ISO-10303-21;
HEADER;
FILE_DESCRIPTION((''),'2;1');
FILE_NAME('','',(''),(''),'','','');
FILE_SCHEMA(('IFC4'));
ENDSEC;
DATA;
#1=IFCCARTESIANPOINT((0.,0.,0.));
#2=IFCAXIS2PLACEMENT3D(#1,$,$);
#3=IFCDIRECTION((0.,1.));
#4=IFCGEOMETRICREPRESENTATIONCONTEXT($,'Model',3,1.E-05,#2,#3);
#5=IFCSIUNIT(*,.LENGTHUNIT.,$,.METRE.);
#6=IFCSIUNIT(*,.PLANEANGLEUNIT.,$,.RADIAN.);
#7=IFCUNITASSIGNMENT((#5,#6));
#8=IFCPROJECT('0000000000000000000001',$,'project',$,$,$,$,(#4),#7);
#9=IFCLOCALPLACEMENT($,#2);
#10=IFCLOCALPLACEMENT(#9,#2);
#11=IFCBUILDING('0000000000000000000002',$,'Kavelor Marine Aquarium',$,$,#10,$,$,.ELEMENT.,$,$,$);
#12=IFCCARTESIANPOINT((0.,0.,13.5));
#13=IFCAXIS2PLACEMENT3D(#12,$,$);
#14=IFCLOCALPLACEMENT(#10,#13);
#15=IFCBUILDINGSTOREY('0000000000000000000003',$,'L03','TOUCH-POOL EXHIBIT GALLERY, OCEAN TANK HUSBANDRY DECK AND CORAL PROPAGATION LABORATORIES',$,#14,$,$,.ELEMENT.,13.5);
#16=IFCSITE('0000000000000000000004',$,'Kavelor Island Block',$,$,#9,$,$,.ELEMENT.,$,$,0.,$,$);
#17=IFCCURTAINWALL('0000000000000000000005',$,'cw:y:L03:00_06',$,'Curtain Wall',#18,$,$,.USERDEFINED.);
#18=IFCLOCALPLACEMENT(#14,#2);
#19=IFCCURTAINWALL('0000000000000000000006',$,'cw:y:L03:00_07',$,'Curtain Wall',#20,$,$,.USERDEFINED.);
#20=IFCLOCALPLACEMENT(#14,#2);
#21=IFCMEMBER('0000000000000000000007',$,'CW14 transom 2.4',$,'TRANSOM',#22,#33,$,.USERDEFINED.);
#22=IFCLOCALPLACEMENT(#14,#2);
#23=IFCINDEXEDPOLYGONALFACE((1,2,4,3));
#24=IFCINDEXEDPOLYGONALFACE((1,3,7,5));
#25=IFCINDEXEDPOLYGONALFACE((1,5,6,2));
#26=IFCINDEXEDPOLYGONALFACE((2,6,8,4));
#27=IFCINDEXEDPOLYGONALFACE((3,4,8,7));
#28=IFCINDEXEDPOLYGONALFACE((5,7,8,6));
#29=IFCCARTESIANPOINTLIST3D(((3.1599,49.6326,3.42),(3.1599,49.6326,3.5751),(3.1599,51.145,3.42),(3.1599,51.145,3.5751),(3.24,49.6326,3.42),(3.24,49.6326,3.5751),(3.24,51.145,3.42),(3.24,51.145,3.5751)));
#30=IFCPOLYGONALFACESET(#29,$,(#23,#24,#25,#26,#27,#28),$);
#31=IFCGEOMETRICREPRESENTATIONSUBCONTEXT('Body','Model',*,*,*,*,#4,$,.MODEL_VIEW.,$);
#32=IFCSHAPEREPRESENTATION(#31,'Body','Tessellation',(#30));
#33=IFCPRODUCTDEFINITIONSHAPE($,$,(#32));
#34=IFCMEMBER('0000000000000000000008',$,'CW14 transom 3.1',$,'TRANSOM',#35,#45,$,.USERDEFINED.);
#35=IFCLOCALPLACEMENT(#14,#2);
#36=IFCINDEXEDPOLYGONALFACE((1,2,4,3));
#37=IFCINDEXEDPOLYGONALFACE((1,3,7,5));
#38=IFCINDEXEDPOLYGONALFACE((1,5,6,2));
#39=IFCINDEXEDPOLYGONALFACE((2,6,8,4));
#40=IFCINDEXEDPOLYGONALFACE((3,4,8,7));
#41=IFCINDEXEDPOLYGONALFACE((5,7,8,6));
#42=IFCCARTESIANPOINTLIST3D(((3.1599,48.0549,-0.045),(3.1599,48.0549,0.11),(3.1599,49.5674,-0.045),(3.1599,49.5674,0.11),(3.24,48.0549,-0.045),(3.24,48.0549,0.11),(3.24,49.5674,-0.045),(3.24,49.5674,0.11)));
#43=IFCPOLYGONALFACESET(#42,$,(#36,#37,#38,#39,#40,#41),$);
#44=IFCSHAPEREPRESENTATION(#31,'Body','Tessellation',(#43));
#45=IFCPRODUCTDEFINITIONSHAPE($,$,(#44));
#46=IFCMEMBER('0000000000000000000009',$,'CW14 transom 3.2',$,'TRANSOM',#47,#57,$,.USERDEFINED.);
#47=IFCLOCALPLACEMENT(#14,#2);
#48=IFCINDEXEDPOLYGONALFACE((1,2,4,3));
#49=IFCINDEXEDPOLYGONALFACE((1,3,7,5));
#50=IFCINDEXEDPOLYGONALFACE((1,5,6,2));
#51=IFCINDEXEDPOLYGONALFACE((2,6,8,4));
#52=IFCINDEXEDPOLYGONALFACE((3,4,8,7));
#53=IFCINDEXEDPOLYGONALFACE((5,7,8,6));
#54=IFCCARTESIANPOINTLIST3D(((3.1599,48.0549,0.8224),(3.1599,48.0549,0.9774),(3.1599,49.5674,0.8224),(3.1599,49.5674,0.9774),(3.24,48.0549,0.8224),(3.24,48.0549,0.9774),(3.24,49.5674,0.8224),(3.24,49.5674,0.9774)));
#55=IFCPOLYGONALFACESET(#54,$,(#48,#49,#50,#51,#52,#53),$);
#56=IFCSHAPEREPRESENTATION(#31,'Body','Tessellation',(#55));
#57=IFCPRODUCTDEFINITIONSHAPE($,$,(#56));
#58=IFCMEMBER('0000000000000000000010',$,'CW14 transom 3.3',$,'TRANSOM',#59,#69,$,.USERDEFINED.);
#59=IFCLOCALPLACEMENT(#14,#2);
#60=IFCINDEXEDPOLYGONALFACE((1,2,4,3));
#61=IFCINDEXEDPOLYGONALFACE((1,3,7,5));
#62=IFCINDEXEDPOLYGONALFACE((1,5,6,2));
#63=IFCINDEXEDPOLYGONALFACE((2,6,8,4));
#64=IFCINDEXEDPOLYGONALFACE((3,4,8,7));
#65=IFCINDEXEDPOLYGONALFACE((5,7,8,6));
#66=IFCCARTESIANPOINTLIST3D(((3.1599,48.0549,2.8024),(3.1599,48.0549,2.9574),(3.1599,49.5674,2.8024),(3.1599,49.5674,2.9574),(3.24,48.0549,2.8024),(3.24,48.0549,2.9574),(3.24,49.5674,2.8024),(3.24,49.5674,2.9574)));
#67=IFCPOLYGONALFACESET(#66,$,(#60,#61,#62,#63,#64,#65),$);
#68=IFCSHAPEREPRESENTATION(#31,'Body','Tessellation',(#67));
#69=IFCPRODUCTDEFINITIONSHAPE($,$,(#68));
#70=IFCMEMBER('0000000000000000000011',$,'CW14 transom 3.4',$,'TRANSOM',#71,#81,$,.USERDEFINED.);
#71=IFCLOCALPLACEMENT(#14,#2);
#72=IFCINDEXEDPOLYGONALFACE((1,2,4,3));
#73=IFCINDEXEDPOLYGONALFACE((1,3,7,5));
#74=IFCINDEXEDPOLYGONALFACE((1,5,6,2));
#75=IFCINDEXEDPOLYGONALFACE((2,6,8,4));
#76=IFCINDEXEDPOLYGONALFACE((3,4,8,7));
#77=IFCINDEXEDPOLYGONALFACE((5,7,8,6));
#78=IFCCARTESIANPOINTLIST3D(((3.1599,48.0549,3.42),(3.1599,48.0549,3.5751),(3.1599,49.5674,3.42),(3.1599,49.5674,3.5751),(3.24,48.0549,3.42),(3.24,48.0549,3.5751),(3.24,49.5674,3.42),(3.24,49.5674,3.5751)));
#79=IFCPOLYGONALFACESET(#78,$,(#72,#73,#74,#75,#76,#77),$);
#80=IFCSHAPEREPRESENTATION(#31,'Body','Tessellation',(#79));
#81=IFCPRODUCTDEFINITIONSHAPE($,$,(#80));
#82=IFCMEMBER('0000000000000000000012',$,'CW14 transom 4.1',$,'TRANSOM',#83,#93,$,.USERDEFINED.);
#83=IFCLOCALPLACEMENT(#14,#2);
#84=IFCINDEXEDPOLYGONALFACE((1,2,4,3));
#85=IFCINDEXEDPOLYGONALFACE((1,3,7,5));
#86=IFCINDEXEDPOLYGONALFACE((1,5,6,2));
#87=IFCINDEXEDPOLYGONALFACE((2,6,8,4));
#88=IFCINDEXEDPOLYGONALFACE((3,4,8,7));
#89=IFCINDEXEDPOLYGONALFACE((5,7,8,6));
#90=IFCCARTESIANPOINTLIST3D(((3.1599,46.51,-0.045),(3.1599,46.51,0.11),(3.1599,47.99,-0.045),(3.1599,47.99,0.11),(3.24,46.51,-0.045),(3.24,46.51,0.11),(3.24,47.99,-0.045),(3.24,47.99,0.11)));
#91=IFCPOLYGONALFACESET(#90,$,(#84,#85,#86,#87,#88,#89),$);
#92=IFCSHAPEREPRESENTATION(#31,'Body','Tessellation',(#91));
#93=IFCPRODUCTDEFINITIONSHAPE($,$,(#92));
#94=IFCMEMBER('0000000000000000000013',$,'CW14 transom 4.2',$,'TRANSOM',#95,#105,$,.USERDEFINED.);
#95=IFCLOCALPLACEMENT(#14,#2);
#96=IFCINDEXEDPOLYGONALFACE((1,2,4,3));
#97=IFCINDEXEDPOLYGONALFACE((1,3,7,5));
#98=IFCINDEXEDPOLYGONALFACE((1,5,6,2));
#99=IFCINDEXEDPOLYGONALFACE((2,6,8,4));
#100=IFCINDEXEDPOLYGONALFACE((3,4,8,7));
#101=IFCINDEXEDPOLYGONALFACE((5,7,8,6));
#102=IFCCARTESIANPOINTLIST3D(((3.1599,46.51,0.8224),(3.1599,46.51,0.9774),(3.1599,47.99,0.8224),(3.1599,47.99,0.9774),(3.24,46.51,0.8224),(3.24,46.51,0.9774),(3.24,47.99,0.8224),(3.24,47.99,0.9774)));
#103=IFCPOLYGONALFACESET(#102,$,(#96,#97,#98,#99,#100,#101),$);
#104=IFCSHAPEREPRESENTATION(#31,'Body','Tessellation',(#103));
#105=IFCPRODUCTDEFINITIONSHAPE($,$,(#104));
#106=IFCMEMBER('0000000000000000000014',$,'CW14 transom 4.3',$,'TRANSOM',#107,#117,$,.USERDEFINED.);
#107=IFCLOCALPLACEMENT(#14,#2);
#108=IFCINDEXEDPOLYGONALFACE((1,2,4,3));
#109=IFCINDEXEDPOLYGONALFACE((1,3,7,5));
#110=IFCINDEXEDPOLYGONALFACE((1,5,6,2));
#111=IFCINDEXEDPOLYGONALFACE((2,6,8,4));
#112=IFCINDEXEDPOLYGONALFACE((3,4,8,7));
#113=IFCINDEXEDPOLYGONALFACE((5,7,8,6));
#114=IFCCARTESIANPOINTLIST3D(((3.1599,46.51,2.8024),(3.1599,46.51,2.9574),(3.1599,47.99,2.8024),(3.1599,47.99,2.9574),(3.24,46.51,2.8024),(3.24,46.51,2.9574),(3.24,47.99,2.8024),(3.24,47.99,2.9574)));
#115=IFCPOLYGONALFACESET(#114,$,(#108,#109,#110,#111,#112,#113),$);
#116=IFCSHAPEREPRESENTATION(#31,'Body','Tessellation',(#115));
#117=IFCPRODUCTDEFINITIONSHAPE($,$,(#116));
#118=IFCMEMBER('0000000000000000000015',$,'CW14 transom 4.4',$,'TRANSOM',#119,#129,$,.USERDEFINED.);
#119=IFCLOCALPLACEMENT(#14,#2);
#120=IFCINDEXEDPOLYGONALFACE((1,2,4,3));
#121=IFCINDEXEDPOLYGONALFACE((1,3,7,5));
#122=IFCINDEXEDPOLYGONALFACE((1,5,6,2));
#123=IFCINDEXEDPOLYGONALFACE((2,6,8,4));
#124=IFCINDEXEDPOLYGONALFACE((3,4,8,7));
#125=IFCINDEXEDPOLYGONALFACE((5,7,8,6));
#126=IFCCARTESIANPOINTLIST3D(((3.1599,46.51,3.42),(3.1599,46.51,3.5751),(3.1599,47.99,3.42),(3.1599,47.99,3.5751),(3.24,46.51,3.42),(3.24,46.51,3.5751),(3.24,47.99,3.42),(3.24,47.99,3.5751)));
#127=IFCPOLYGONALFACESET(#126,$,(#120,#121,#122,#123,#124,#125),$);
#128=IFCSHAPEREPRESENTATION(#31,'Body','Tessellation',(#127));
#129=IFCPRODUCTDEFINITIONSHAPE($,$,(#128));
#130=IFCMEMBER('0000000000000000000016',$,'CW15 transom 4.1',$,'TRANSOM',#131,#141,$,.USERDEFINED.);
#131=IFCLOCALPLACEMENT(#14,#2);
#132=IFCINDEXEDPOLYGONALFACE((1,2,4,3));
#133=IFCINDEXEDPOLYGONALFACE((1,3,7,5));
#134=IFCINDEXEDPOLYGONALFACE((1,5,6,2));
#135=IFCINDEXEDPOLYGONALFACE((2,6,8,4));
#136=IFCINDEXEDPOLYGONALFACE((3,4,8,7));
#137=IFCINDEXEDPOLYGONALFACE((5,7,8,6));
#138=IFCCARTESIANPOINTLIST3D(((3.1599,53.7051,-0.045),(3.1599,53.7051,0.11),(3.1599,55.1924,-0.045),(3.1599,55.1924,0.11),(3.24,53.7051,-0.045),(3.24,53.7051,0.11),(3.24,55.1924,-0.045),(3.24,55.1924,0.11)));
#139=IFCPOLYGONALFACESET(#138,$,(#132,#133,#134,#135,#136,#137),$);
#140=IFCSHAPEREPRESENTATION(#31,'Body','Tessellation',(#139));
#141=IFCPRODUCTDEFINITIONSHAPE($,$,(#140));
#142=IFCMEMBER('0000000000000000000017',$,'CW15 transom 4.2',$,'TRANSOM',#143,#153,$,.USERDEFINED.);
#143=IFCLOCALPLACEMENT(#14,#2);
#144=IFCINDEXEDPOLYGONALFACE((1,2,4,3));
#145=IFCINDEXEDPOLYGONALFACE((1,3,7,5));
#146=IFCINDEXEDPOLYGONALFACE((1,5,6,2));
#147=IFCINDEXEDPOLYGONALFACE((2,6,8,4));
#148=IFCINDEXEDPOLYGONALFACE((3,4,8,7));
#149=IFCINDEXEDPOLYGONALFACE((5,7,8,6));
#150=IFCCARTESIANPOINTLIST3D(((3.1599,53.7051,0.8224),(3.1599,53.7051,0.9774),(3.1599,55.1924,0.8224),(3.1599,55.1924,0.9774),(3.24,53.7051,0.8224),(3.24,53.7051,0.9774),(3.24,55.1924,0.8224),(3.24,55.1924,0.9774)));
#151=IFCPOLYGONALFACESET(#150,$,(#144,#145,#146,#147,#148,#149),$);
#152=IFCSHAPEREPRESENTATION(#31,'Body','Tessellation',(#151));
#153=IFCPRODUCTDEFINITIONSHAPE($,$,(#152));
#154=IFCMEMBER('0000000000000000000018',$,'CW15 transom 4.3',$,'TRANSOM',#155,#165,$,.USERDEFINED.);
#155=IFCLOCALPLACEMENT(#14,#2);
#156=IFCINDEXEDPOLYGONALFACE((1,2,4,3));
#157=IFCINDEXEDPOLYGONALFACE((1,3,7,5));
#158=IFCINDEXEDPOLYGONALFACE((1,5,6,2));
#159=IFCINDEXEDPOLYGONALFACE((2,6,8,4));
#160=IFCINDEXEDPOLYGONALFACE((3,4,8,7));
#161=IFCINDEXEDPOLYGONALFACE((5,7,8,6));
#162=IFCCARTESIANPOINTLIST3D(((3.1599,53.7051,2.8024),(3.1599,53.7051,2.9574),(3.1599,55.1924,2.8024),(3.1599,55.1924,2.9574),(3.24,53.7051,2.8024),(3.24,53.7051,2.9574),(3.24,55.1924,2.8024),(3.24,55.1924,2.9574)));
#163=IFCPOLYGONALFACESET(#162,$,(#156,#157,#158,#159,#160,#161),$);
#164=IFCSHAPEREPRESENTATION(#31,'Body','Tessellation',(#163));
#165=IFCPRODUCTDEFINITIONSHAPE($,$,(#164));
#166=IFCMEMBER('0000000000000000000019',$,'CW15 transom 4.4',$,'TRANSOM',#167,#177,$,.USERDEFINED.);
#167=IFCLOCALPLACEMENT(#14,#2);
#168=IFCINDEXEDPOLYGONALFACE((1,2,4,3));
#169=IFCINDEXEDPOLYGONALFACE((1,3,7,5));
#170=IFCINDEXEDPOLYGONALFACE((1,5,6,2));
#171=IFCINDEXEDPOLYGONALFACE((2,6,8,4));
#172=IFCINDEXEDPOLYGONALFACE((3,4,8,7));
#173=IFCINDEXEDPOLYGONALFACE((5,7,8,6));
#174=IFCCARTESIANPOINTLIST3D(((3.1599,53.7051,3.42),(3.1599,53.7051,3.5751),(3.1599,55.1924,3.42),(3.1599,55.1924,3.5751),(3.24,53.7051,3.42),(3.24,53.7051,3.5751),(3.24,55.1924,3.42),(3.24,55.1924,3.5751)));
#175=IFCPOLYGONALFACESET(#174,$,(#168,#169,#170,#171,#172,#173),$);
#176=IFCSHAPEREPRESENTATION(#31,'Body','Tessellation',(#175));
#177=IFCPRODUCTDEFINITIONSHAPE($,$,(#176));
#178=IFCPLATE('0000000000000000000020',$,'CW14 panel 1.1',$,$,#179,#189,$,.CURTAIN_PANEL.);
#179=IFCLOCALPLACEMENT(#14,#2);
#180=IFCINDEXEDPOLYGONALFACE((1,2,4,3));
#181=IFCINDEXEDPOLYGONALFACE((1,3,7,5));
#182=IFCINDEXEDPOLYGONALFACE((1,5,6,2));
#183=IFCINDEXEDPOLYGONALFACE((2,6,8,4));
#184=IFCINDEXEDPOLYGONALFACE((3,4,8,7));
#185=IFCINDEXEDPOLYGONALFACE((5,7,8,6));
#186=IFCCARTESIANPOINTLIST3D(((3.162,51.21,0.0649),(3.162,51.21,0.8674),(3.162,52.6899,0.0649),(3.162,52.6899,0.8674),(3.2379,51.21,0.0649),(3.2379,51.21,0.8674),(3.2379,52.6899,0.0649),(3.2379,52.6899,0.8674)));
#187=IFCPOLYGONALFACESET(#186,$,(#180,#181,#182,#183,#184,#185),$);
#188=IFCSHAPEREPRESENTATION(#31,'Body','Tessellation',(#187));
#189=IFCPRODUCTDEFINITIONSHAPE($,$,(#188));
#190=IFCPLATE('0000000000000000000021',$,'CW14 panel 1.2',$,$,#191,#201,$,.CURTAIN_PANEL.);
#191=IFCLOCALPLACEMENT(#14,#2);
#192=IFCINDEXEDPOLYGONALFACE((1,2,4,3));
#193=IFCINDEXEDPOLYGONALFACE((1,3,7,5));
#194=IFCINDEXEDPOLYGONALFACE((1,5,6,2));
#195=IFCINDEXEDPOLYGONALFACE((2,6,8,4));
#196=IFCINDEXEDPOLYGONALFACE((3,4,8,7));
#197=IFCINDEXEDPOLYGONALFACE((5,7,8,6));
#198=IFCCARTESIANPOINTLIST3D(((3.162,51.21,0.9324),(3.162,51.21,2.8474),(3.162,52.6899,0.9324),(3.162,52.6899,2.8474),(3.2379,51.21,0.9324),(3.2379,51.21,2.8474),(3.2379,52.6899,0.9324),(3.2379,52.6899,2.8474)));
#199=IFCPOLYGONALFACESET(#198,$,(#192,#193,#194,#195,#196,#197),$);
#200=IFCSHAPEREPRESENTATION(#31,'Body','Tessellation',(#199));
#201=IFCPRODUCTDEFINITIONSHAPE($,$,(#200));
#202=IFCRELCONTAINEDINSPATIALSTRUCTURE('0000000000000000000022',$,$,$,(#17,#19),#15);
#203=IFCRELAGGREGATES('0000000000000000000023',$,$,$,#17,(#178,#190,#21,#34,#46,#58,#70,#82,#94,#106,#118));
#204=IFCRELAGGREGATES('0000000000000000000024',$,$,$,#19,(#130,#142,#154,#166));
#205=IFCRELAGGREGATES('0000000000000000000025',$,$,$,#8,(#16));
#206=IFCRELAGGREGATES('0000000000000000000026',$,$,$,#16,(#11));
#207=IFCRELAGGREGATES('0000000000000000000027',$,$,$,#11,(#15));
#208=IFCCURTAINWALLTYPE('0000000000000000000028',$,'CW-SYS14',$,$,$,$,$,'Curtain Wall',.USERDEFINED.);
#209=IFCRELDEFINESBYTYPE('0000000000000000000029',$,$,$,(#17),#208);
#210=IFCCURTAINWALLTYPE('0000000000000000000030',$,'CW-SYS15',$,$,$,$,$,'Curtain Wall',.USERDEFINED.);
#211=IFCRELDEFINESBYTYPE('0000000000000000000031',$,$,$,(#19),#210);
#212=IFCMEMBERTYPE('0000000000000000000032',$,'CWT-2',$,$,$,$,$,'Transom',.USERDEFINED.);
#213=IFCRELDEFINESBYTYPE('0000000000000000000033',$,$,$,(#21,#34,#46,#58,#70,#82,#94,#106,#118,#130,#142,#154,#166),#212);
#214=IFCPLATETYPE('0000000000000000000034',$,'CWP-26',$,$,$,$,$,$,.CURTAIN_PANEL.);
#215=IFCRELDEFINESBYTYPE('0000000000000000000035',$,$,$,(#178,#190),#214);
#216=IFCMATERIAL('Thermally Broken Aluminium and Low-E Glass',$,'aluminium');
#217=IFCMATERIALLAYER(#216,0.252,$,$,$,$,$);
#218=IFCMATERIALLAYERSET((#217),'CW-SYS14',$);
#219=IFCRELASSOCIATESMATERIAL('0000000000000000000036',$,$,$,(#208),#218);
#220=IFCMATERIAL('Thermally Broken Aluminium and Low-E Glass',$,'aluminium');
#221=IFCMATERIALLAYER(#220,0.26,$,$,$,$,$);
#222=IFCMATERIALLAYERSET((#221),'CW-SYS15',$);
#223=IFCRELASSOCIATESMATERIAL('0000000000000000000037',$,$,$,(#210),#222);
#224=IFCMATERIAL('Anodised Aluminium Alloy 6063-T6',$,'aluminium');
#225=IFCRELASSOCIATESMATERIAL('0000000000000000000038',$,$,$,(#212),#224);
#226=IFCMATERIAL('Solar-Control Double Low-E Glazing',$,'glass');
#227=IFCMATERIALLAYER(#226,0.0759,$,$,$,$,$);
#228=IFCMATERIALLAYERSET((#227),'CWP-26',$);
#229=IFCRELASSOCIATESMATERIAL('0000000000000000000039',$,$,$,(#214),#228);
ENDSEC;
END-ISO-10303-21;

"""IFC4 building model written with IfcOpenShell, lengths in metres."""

from ifc_helpers import new_model, si_unit, direction, frame, origin, origin_2d, place, context, subcontext, project, spatial, rectangle, extrude, material, layer, layer_set, material_profile, profile_set, type_object, element, aggregate, save


model = new_model("IFC4")

# Units and contexts
model_context = context("Model", 3, precision=1e-05, world=origin(), true_north=direction((0.0, 1.0)))
body_context = subcontext(model_context, "Body", "Model", "MODEL_VIEW")
ifc_project = project(units=[si_unit("LENGTHUNIT", "METRE"), si_unit("PLANEANGLEUNIT", "RADIAN")], contexts=[model_context])

# Site, building, storey
site_placement = place(None, origin())
site = spatial("IfcSite", under=ifc_project, at=site_placement, Name="Kavelor Island Block", CompositionType="ELEMENT", RefElevation=0.0)
building_placement = place(site_placement, origin())
building = spatial("IfcBuilding", under=site, at=building_placement, Name="Kavelor Marine Aquarium", CompositionType="ELEMENT")
storey_placement = place(building_placement, frame((0.0, 0.0, 13.5)))
storey = spatial("IfcBuildingStorey", under=building, at=storey_placement, Name="L03", Description="TOUCH-POOL EXHIBIT GALLERY, OCEAN TANK HUSBANDRY DECK AND CORAL PROPAGATION LABORATORIES", CompositionType="ELEMENT", Elevation=13.5)

# Curtain walls
ifc_material_1 = material(Name="Thermally Broken Aluminium and Low-E Glass", Category="aluminium")
ifc_layer_1 = layer(ifc_material_1, 0.252)
ifc_layer_set_1 = layer_set([ifc_layer_1], Name="CW-SYS14")
curtain_wall_type_1 = type_object("IfcCurtainWallType", Name="CW-SYS14", ElementType="Curtain Wall", PredefinedType="USERDEFINED", material=ifc_layer_set_1)
curtain_wall_1_placement = place(storey_placement, origin())
curtain_wall_1 = element("IfcCurtainWall", 1, at=curtain_wall_1_placement, inside=storey, type_object=curtain_wall_type_1, Name="cw:y:L03:00_06", ObjectType="Curtain Wall", PredefinedType="USERDEFINED")
ifc_material_2 = material(Name="Thermally Broken Aluminium and Low-E Glass", Category="aluminium")
ifc_layer_2 = layer(ifc_material_2, 0.26)
ifc_layer_set_2 = layer_set([ifc_layer_2], Name="CW-SYS15")
curtain_wall_type_2 = type_object("IfcCurtainWallType", Name="CW-SYS15", ElementType="Curtain Wall", PredefinedType="USERDEFINED", material=ifc_layer_set_2)
curtain_wall_2_placement = place(storey_placement, origin())
curtain_wall_2 = element("IfcCurtainWall", 2, at=curtain_wall_2_placement, inside=storey, type_object=curtain_wall_type_2, Name="cw:y:L03:00_07", ObjectType="Curtain Wall", PredefinedType="USERDEFINED")

# Members
ifc_material_3 = material(Name="Anodised Aluminium Alloy 6063-T6", Category="aluminium")
ifc_material_profile_1 = material_profile(ifc_material_3, rectangle(XDim=0.0801, YDim=0.155, at=origin_2d()), Name="CW-TRN 80x155")
ifc_profile_set_1 = profile_set([ifc_material_profile_1], Name="Anodised Aluminium Alloy 6063-T6")
member_type_1 = type_object("IfcMemberType", Name="CWT-2", ElementType="Transom", PredefinedType="USERDEFINED", material=ifc_profile_set_1)
member_1_placement = place(storey_placement, frame((3.2, 51.145, 3.4976), z_axis=(0.0, -1.0, 0.0), x_axis=(1.0, 0.0, 0.0)))
member_1 = element("IfcMember", 3, at=member_1_placement, type_object=member_type_1, Name="CW14 transom 2.4", ObjectType="TRANSOM", PredefinedType="USERDEFINED", context=body_context, shape_type="SweptSolid", body=[
    extrude(rectangle(XDim=0.0801, YDim=0.155, at=origin_2d()), origin(), (0.0, 0.0, 1.0), 1.5125),
])
member_2_placement = place(storey_placement, frame((3.2, 49.5674, 0.0325), z_axis=(0.0, -1.0, 0.0), x_axis=(1.0, 0.0, 0.0)))
member_2 = element("IfcMember", 4, at=member_2_placement, type_object=member_type_1, Name="CW14 transom 3.1", ObjectType="TRANSOM", PredefinedType="USERDEFINED", context=body_context, shape_type="SweptSolid", body=[
    extrude(rectangle(XDim=0.0801, YDim=0.155, at=origin_2d()), origin(), (0.0, 0.0, 1.0), 1.5125),
])
member_3_placement = place(storey_placement, frame((3.2, 49.5674, 0.8999), z_axis=(0.0, -1.0, 0.0), x_axis=(1.0, 0.0, 0.0)))
member_3 = element("IfcMember", 5, at=member_3_placement, type_object=member_type_1, Name="CW14 transom 3.2", ObjectType="TRANSOM", PredefinedType="USERDEFINED", context=body_context, shape_type="SweptSolid", body=[
    extrude(rectangle(XDim=0.0801, YDim=0.155, at=origin_2d()), origin(), (0.0, 0.0, 1.0), 1.5125),
])
member_4_placement = place(storey_placement, frame((3.2, 49.5674, 2.8799), z_axis=(0.0, -1.0, 0.0), x_axis=(1.0, 0.0, 0.0)))
member_4 = element("IfcMember", 6, at=member_4_placement, type_object=member_type_1, Name="CW14 transom 3.3", ObjectType="TRANSOM", PredefinedType="USERDEFINED", context=body_context, shape_type="SweptSolid", body=[
    extrude(rectangle(XDim=0.0801, YDim=0.155, at=origin_2d()), origin(), (0.0, 0.0, 1.0), 1.5125),
])
member_5_placement = place(storey_placement, frame((3.2, 49.5674, 3.4976), z_axis=(0.0, -1.0, 0.0), x_axis=(1.0, 0.0, 0.0)))
member_5 = element("IfcMember", 7, at=member_5_placement, type_object=member_type_1, Name="CW14 transom 3.4", ObjectType="TRANSOM", PredefinedType="USERDEFINED", context=body_context, shape_type="SweptSolid", body=[
    extrude(rectangle(XDim=0.0801, YDim=0.155, at=origin_2d()), origin(), (0.0, 0.0, 1.0), 1.5125),
])
member_6_placement = place(storey_placement, frame((3.2, 47.99, 0.0325), z_axis=(0.0, -1.0, 0.0), x_axis=(1.0, 0.0, 0.0)))
member_6 = element("IfcMember", 8, at=member_6_placement, type_object=member_type_1, Name="CW14 transom 4.1", ObjectType="TRANSOM", PredefinedType="USERDEFINED", context=body_context, shape_type="SweptSolid", body=[
    extrude(rectangle(XDim=0.0801, YDim=0.155, at=origin_2d()), origin(), (0.0, 0.0, 1.0), 1.48),
])
member_7_placement = place(storey_placement, frame((3.2, 47.99, 0.8999), z_axis=(0.0, -1.0, 0.0), x_axis=(1.0, 0.0, 0.0)))
member_7 = element("IfcMember", 9, at=member_7_placement, type_object=member_type_1, Name="CW14 transom 4.2", ObjectType="TRANSOM", PredefinedType="USERDEFINED", context=body_context, shape_type="SweptSolid", body=[
    extrude(rectangle(XDim=0.0801, YDim=0.155, at=origin_2d()), origin(), (0.0, 0.0, 1.0), 1.48),
])
member_8_placement = place(storey_placement, frame((3.2, 47.99, 2.8799), z_axis=(0.0, -1.0, 0.0), x_axis=(1.0, 0.0, 0.0)))
member_8 = element("IfcMember", 10, at=member_8_placement, type_object=member_type_1, Name="CW14 transom 4.3", ObjectType="TRANSOM", PredefinedType="USERDEFINED", context=body_context, shape_type="SweptSolid", body=[
    extrude(rectangle(XDim=0.0801, YDim=0.155, at=origin_2d()), origin(), (0.0, 0.0, 1.0), 1.48),
])
member_9_placement = place(storey_placement, frame((3.2, 47.99, 3.4976), z_axis=(0.0, -1.0, 0.0), x_axis=(1.0, 0.0, 0.0)))
member_9 = element("IfcMember", 11, at=member_9_placement, type_object=member_type_1, Name="CW14 transom 4.4", ObjectType="TRANSOM", PredefinedType="USERDEFINED", context=body_context, shape_type="SweptSolid", body=[
    extrude(rectangle(XDim=0.0801, YDim=0.155, at=origin_2d()), origin(), (0.0, 0.0, 1.0), 1.48),
])
member_10_placement = place(storey_placement, frame((3.2, 55.1924, 0.0325), z_axis=(0.0, -1.0, 0.0), x_axis=(1.0, 0.0, 0.0)))
member_10 = element("IfcMember", 12, at=member_10_placement, type_object=member_type_1, Name="CW15 transom 4.1", ObjectType="TRANSOM", PredefinedType="USERDEFINED", context=body_context, shape_type="SweptSolid", body=[
    extrude(rectangle(XDim=0.0801, YDim=0.155, at=origin_2d()), origin(), (0.0, 0.0, 1.0), 1.4873),
])
member_11_placement = place(storey_placement, frame((3.2, 55.1924, 0.8999), z_axis=(0.0, -1.0, 0.0), x_axis=(1.0, 0.0, 0.0)))
member_11 = element("IfcMember", 13, at=member_11_placement, type_object=member_type_1, Name="CW15 transom 4.2", ObjectType="TRANSOM", PredefinedType="USERDEFINED", context=body_context, shape_type="SweptSolid", body=[
    extrude(rectangle(XDim=0.0801, YDim=0.155, at=origin_2d()), origin(), (0.0, 0.0, 1.0), 1.4873),
])
member_12_placement = place(storey_placement, frame((3.2, 55.1924, 2.8799), z_axis=(0.0, -1.0, 0.0), x_axis=(1.0, 0.0, 0.0)))
member_12 = element("IfcMember", 14, at=member_12_placement, type_object=member_type_1, Name="CW15 transom 4.3", ObjectType="TRANSOM", PredefinedType="USERDEFINED", context=body_context, shape_type="SweptSolid", body=[
    extrude(rectangle(XDim=0.0801, YDim=0.155, at=origin_2d()), origin(), (0.0, 0.0, 1.0), 1.4873),
])
member_13_placement = place(storey_placement, frame((3.2, 55.1924, 3.4976), z_axis=(0.0, -1.0, 0.0), x_axis=(1.0, 0.0, 0.0)))
member_13 = element("IfcMember", 15, at=member_13_placement, type_object=member_type_1, Name="CW15 transom 4.4", ObjectType="TRANSOM", PredefinedType="USERDEFINED", context=body_context, shape_type="SweptSolid", body=[
    extrude(rectangle(XDim=0.0801, YDim=0.155, at=origin_2d()), origin(), (0.0, 0.0, 1.0), 1.4873),
])

# Plates
ifc_material_4 = material(Name="Solar-Control Double Low-E Glazing", Category="glass")
ifc_layer_3 = layer(ifc_material_4, 0.0759)
ifc_layer_set_3 = layer_set([ifc_layer_3], Name="CWP-26")
plate_type_1 = type_object("IfcPlateType", Name="CWP-26", PredefinedType="CURTAIN_PANEL", material=ifc_layer_set_3)
plate_1_placement = place(storey_placement, frame((3.2, 51.95, 0.0649), z_axis=(0.0, 0.0, 1.0), x_axis=(0.0, -1.0, 0.0)))
plate_1 = element("IfcPlate", 16, at=plate_1_placement, type_object=plate_type_1, Name="CW14 panel 1.1", PredefinedType="CURTAIN_PANEL", context=body_context, shape_type="SweptSolid", body=[
    extrude(rectangle(XDim=1.48, YDim=0.0759, at=origin_2d()), origin(), (0.0, 0.0, 1.0), 0.8025),
])
plate_2_placement = place(storey_placement, frame((3.2, 51.95, 0.9324), z_axis=(0.0, 0.0, 1.0), x_axis=(0.0, -1.0, 0.0)))
plate_2 = element("IfcPlate", 17, at=plate_2_placement, type_object=plate_type_1, Name="CW14 panel 1.2", PredefinedType="CURTAIN_PANEL", context=body_context, shape_type="SweptSolid", body=[
    extrude(rectangle(XDim=1.48, YDim=0.0759, at=origin_2d()), origin(), (0.0, 0.0, 1.0), 1.915),
])
aggregate(curtain_wall_1, [plate_1, plate_2, member_1, member_2, member_3, member_4, member_5, member_6, member_7, member_8, member_9])
aggregate(curtain_wall_2, [member_10, member_11, member_12, member_13])

save(model, "model.ifc")
